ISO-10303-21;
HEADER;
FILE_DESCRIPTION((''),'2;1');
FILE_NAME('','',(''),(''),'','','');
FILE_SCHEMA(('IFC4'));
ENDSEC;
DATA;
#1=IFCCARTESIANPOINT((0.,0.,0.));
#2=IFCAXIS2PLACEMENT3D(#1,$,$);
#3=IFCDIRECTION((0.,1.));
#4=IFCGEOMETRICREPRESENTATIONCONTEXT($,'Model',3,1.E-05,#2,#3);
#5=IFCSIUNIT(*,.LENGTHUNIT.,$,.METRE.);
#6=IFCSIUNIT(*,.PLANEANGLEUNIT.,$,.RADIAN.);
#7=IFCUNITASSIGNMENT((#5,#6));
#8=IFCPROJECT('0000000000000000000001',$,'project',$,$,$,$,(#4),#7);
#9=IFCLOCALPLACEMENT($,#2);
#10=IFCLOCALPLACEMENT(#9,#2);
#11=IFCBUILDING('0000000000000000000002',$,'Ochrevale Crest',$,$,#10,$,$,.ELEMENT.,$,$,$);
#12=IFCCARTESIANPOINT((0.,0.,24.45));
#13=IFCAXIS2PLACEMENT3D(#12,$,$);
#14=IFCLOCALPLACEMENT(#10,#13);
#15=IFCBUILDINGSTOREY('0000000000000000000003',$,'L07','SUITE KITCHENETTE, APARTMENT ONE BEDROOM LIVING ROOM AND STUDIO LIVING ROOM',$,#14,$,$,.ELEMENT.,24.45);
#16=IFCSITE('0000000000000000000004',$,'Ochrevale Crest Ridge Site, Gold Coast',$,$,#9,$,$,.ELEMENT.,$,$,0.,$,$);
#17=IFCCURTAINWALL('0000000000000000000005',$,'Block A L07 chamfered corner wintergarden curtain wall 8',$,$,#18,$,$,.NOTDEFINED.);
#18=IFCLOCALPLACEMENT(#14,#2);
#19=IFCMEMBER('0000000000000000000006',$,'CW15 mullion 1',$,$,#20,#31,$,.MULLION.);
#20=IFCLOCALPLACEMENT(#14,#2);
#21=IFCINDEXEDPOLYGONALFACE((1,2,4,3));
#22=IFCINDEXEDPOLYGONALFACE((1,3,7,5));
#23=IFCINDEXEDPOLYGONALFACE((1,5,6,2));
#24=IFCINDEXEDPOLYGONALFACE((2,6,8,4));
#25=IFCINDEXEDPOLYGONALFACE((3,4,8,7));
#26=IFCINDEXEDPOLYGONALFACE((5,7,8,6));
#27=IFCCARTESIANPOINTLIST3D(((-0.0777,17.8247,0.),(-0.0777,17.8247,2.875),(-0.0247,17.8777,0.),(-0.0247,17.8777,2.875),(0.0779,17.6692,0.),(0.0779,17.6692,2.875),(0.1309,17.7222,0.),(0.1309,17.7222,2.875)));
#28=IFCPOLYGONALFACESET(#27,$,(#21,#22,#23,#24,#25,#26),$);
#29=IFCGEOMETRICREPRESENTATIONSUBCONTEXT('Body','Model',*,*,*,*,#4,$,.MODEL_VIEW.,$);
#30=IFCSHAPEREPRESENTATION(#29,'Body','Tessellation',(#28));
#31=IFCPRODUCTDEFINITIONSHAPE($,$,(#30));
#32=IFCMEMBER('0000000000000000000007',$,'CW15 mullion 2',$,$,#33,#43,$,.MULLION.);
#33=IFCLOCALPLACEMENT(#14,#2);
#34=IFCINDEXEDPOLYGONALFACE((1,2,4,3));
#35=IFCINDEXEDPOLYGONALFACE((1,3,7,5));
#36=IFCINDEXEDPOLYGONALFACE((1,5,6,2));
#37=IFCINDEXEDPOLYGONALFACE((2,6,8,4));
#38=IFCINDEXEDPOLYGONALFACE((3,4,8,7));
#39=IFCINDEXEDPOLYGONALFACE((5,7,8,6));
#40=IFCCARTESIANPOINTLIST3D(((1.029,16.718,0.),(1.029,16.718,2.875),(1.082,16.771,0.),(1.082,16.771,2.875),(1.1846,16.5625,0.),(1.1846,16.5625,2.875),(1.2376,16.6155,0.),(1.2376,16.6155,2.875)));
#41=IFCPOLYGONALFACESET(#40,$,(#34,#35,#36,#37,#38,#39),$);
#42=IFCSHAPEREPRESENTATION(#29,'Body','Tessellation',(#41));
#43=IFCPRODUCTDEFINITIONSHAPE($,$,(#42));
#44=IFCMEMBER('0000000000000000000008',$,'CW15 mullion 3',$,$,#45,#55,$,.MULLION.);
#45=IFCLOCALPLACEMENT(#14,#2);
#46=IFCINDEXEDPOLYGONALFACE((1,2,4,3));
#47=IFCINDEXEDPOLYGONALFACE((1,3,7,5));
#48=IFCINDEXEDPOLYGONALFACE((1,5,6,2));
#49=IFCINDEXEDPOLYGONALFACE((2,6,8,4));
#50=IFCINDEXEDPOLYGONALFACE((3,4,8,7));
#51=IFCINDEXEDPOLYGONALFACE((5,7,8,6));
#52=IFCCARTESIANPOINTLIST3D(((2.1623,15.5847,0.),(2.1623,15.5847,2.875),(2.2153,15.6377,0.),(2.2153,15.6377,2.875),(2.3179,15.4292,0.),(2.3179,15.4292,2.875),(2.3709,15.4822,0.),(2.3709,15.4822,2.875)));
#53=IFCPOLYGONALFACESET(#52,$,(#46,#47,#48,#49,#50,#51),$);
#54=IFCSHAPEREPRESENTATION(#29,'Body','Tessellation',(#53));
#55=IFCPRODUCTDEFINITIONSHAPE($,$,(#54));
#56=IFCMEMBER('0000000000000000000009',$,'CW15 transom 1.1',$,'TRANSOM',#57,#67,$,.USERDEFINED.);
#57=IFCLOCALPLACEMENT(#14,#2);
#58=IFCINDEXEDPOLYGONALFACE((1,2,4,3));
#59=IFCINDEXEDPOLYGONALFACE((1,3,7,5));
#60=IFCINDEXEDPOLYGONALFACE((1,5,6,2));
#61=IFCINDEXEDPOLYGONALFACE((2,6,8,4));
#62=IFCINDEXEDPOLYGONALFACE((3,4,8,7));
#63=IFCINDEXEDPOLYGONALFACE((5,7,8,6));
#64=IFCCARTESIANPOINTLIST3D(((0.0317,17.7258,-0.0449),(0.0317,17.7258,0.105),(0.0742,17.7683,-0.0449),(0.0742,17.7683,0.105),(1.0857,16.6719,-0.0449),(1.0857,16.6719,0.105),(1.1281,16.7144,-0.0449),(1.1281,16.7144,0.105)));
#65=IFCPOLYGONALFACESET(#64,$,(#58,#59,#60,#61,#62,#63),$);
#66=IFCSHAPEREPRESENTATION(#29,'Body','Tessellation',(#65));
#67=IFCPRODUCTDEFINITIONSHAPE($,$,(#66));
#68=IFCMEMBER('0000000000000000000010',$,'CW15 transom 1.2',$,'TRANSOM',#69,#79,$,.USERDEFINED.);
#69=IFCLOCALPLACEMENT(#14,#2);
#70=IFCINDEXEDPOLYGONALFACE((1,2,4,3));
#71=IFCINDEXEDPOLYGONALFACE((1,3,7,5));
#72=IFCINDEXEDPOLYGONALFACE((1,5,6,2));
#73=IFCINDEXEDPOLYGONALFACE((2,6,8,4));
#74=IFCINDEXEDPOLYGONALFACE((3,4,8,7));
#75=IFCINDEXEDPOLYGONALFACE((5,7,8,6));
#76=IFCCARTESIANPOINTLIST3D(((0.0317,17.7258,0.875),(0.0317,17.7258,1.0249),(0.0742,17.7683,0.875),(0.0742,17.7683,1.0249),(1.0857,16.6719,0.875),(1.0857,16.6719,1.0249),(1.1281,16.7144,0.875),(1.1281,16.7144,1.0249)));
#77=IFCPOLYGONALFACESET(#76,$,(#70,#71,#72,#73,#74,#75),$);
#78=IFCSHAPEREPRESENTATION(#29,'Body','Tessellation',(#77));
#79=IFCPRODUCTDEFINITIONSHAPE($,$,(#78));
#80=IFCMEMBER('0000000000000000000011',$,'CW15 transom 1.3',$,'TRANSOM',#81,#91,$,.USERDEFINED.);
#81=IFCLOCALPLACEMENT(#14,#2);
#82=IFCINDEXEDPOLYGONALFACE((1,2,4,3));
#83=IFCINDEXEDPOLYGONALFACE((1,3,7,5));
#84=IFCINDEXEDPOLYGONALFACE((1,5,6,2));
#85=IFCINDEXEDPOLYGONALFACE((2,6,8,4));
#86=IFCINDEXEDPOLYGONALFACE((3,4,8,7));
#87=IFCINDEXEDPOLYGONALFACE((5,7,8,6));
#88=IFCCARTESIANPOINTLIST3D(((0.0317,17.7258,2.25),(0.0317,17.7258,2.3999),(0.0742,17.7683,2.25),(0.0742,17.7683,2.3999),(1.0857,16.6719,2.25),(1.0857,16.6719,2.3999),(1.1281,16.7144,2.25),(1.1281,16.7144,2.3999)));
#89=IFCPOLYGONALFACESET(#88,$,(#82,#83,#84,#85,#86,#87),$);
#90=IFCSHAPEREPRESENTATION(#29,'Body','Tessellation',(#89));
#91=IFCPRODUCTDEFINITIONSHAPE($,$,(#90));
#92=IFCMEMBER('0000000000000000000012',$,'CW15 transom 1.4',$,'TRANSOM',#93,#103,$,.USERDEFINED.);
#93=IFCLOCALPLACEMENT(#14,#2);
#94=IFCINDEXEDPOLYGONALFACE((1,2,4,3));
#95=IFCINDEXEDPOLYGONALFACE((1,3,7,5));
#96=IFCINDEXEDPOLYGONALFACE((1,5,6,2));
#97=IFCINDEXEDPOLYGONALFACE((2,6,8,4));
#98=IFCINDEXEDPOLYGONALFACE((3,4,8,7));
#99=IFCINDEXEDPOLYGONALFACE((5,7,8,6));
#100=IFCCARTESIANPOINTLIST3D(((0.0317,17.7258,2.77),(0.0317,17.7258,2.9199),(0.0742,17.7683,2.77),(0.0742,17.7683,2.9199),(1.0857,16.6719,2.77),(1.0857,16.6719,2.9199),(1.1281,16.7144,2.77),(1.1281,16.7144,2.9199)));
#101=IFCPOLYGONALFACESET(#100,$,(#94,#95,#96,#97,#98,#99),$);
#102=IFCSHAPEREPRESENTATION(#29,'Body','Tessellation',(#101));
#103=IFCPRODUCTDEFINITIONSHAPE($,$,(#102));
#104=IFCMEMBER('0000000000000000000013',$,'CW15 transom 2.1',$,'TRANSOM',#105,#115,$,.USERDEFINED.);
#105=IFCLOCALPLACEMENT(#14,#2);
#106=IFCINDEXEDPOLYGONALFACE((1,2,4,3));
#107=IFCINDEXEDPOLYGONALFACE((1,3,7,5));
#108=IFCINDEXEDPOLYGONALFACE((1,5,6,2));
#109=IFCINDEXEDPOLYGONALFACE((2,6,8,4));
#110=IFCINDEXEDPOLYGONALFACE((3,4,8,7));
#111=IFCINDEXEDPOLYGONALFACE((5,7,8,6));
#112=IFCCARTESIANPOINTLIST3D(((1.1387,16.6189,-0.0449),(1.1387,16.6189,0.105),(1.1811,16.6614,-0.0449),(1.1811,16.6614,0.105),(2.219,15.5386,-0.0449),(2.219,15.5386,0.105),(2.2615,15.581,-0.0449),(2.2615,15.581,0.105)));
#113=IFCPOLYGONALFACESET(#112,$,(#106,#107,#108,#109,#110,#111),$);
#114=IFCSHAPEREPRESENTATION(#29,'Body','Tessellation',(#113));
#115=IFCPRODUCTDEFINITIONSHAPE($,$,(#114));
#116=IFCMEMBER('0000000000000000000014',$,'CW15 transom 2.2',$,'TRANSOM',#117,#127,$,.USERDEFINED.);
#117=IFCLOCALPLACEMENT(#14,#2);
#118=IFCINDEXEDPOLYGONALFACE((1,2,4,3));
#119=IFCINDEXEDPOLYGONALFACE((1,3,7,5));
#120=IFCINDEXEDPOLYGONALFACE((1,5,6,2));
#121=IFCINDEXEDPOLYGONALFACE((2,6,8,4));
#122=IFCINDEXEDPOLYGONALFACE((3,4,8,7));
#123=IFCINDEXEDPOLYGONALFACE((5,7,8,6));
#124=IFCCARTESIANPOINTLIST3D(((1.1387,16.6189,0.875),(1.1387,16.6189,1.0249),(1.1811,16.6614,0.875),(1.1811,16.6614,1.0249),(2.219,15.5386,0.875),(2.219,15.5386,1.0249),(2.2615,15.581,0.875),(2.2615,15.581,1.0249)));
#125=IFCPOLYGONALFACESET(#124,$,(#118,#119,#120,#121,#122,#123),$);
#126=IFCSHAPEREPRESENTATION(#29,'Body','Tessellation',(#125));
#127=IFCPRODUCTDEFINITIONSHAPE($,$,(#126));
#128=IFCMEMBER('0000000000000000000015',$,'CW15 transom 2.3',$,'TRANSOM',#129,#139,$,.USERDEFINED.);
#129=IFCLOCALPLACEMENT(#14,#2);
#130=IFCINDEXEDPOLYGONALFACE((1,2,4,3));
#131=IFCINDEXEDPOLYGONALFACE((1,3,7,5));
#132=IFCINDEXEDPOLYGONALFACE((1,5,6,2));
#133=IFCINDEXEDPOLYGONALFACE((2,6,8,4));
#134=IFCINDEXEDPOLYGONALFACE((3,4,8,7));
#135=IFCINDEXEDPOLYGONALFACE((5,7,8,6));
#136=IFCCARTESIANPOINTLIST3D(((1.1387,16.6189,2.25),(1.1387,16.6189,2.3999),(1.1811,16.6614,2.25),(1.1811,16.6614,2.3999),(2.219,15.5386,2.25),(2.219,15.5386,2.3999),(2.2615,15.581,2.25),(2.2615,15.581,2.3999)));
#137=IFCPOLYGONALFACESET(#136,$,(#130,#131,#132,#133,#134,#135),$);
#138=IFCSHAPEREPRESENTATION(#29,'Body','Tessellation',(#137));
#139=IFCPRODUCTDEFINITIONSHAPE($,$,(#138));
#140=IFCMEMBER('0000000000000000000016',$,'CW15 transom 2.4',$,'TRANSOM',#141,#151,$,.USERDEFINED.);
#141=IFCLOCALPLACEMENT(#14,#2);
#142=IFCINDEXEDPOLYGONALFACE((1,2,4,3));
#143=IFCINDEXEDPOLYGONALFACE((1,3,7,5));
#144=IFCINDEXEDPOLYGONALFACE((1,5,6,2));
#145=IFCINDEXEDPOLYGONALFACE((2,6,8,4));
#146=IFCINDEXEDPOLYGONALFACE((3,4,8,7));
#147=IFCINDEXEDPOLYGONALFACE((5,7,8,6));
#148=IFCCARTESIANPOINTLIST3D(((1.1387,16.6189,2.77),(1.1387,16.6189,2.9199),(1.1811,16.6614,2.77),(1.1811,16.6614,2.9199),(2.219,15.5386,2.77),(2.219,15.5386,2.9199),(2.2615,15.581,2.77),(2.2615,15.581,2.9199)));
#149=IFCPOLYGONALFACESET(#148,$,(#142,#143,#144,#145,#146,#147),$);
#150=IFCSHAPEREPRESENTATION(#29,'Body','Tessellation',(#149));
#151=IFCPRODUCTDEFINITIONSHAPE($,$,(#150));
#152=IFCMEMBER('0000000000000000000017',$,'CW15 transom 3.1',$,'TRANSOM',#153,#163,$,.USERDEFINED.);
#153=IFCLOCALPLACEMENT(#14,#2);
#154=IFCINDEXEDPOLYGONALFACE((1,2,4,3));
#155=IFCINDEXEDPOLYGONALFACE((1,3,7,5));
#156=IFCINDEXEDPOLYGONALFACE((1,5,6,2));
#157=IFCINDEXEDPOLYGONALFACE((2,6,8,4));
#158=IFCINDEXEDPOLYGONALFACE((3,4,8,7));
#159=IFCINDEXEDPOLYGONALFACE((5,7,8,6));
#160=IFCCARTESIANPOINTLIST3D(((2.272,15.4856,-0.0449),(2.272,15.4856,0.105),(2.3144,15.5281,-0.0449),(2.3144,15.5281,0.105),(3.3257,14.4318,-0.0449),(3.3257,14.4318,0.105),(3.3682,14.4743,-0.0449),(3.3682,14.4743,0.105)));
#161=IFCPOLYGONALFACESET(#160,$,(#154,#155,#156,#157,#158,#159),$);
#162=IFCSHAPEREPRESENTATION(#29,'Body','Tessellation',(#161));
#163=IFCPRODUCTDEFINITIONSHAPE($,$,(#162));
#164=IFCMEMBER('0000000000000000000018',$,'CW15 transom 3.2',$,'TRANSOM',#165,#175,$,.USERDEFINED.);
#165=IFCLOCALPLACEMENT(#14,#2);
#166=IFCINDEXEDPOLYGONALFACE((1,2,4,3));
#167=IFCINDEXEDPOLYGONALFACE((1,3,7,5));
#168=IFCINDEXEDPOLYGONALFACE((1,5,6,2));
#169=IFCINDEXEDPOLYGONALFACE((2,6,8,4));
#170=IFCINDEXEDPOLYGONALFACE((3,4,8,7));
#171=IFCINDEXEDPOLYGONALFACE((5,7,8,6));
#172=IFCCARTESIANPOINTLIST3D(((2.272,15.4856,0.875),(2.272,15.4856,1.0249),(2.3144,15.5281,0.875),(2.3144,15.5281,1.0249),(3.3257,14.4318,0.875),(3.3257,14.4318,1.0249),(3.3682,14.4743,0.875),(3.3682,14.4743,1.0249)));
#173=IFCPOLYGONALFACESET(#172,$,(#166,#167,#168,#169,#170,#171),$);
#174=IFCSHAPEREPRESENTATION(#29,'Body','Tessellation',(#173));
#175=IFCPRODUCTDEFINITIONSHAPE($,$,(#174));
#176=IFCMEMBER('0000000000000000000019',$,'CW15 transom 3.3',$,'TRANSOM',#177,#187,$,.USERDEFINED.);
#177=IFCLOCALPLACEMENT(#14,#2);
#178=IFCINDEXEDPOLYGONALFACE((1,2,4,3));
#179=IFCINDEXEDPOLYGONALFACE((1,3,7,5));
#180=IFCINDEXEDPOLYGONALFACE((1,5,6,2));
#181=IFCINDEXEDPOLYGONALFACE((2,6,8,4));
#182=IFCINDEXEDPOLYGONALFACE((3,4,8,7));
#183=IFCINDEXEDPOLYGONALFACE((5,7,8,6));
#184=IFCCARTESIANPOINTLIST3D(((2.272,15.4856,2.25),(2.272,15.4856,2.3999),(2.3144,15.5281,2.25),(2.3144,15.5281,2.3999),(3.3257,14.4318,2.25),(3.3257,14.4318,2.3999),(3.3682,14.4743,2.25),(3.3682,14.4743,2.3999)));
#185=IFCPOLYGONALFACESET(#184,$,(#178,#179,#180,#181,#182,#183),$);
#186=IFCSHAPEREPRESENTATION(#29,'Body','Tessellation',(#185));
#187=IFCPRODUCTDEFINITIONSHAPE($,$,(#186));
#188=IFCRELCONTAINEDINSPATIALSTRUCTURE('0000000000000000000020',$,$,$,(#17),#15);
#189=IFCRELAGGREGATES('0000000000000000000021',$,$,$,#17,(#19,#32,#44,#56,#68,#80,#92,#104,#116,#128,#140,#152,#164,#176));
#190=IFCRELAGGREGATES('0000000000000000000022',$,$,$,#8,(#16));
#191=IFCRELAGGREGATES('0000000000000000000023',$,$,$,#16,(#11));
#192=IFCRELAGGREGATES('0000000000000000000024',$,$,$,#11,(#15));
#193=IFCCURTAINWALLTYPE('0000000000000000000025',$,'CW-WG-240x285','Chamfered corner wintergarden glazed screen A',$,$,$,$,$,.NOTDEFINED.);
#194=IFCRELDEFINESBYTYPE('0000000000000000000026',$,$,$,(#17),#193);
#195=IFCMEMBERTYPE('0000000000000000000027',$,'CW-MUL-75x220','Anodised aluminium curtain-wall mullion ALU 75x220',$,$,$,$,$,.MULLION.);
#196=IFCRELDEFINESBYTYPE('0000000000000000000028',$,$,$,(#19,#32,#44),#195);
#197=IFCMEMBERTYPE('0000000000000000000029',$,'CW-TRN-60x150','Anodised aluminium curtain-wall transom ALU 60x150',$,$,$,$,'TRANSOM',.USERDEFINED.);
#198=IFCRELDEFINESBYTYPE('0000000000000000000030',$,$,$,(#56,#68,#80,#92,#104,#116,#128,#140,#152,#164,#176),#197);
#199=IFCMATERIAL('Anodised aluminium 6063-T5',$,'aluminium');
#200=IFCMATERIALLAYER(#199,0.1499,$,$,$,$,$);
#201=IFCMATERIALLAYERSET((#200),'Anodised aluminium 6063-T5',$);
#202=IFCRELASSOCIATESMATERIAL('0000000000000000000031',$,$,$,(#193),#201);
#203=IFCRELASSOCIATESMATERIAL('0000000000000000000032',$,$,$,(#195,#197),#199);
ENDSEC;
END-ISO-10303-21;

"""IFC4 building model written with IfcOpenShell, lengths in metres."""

from ifc_helpers import new_model, si_unit, direction, frame, origin, origin_2d, place, context, subcontext, project, spatial, rectangle, extrude, material, layer, layer_set, material_profile, profile_set, type_object, element, aggregate, save


model = new_model("IFC4")

# Units and contexts
model_context = context("Model", 3, precision=1e-05, world=origin(), true_north=direction((0.0, 1.0)))
body_context = subcontext(model_context, "Body", "Model", "MODEL_VIEW")
ifc_project = project(units=[si_unit("LENGTHUNIT", "METRE"), si_unit("PLANEANGLEUNIT", "RADIAN")], contexts=[model_context])

# Site, building, storey
site_placement = place(None, origin())
site = spatial("IfcSite", under=ifc_project, at=site_placement, Name="Ochrevale Crest Ridge Site, Gold Coast", CompositionType="ELEMENT", RefElevation=0.0)
building_placement = place(site_placement, origin())
building = spatial("IfcBuilding", under=site, at=building_placement, Name="Ochrevale Crest", CompositionType="ELEMENT")
storey_placement = place(building_placement, frame((0.0, 0.0, 24.45)))
storey = spatial("IfcBuildingStorey", under=building, at=storey_placement, Name="L07", Description="SUITE KITCHENETTE, APARTMENT ONE BEDROOM LIVING ROOM AND STUDIO LIVING ROOM", CompositionType="ELEMENT", Elevation=24.45)

# Curtain wall, members
ifc_material_1 = material(Name="Anodised aluminium 6063-T5", Category="aluminium")
ifc_layer_1 = layer(ifc_material_1, 0.1499)
ifc_layer_set_1 = layer_set([ifc_layer_1], Name="Anodised aluminium 6063-T5")
curtain_wall_type = type_object("IfcCurtainWallType", Name="CW-WG-240x285", Description="Chamfered corner wintergarden glazed screen A", PredefinedType="NOTDEFINED", material=ifc_layer_set_1)
curtain_wall_placement = place(storey_placement, origin())
curtain_wall = element("IfcCurtainWall", 1, at=curtain_wall_placement, inside=storey, type_object=curtain_wall_type, Name="Block A L07 chamfered corner wintergarden curtain wall 8", PredefinedType="NOTDEFINED")
ifc_material_profile_1 = material_profile(ifc_material_1, rectangle(XDim=0.075, YDim=0.22, at=origin_2d()), Name="ALU 75x220")
ifc_profile_set_1 = profile_set([ifc_material_profile_1], Name="Anodised aluminium 6063-T5")
member_type_1 = type_object("IfcMemberType", Name="CW-MUL-75x220", Description="Anodised aluminium curtain-wall mullion ALU 75x220", PredefinedType="MULLION", material=ifc_profile_set_1)
member_1_placement = place(storey_placement, frame((0.0266, 17.7734, 0.0), z_axis=(0.0, 0.0, 1.0), x_axis=(0.707107, 0.707107, 0.0)))
member_1 = element("IfcMember", 2, at=member_1_placement, type_object=member_type_1, Name="CW15 mullion 1", PredefinedType="MULLION", context=body_context, shape_type="SweptSolid", body=[
    extrude(rectangle(XDim=0.075, YDim=0.22, at=origin_2d()), origin(), (0.0, 0.0, 1.0), 2.875),
])
member_2_placement = place(storey_placement, frame((1.1333, 16.6667, 0.0), z_axis=(0.0, 0.0, 1.0), x_axis=(0.707107, 0.707107, 0.0)))
member_2 = element("IfcMember", 3, at=member_2_placement, type_object=member_type_1, Name="CW15 mullion 2", PredefinedType="MULLION", context=body_context, shape_type="SweptSolid", body=[
    extrude(rectangle(XDim=0.075, YDim=0.22, at=origin_2d()), origin(), (0.0, 0.0, 1.0), 2.875),
])
member_3_placement = place(storey_placement, frame((2.2666, 15.5334, 0.0), z_axis=(0.0, 0.0, 1.0), x_axis=(0.707107, 0.707107, 0.0)))
member_3 = element("IfcMember", 4, at=member_3_placement, type_object=member_type_1, Name="CW15 mullion 3", PredefinedType="MULLION", context=body_context, shape_type="SweptSolid", body=[
    extrude(rectangle(XDim=0.075, YDim=0.22, at=origin_2d()), origin(), (0.0, 0.0, 1.0), 2.875),
])
ifc_material_profile_2 = material_profile(ifc_material_1, rectangle(XDim=0.0601, YDim=0.1499, at=origin_2d()), Name="ALU 60x150")
ifc_profile_set_2 = profile_set([ifc_material_profile_2], Name="Anodised aluminium 6063-T5")
member_type_2 = type_object("IfcMemberType", Name="CW-TRN-60x150", Description="Anodised aluminium curtain-wall transom ALU 60x150", ElementType="TRANSOM", PredefinedType="USERDEFINED", material=ifc_profile_set_2)
member_4_placement = place(storey_placement, frame((0.053, 17.7471, 0.03), z_axis=(0.707107, -0.707107, 0.0), x_axis=(0.707107, 0.707107, 0.0)))
member_4 = element("IfcMember", 5, at=member_4_placement, type_object=member_type_2, Name="CW15 transom 1.1", ObjectType="TRANSOM", PredefinedType="USERDEFINED", context=body_context, shape_type="SweptSolid", body=[
    extrude(rectangle(XDim=0.0601, YDim=0.1499, at=origin_2d()), origin(), (0.0, 0.0, 1.0), 1.4905),
])
member_5_placement = place(storey_placement, frame((0.053, 17.7471, 0.95), z_axis=(0.707107, -0.707107, 0.0), x_axis=(0.707107, 0.707107, 0.0)))
member_5 = element("IfcMember", 6, at=member_5_placement, type_object=member_type_2, Name="CW15 transom 1.2", ObjectType="TRANSOM", PredefinedType="USERDEFINED", context=body_context, shape_type="SweptSolid", body=[
    extrude(rectangle(XDim=0.0601, YDim=0.1499, at=origin_2d()), origin(), (0.0, 0.0, 1.0), 1.4905),
])
member_6_placement = place(storey_placement, frame((0.053, 17.7471, 2.325), z_axis=(0.707107, -0.707107, 0.0), x_axis=(0.707107, 0.707107, 0.0)))
member_6 = element("IfcMember", 7, at=member_6_placement, type_object=member_type_2, Name="CW15 transom 1.3", ObjectType="TRANSOM", PredefinedType="USERDEFINED", context=body_context, shape_type="SweptSolid", body=[
    extrude(rectangle(XDim=0.0601, YDim=0.1499, at=origin_2d()), origin(), (0.0, 0.0, 1.0), 1.4905),
])
member_7_placement = place(storey_placement, frame((0.053, 17.7471, 2.845), z_axis=(0.707107, -0.707107, 0.0), x_axis=(0.707107, 0.707107, 0.0)))
member_7 = element("IfcMember", 8, at=member_7_placement, type_object=member_type_2, Name="CW15 transom 1.4", ObjectType="TRANSOM", PredefinedType="USERDEFINED", context=body_context, shape_type="SweptSolid", body=[
    extrude(rectangle(XDim=0.0601, YDim=0.1499, at=origin_2d()), origin(), (0.0, 0.0, 1.0), 1.4905),
])
member_8_placement = place(storey_placement, frame((1.1599, 16.6401, 0.03), z_axis=(0.707107, -0.707107, 0.0), x_axis=(0.707107, 0.707107, 0.0)))
member_8 = element("IfcMember", 9, at=member_8_placement, type_object=member_type_2, Name="CW15 transom 2.1", ObjectType="TRANSOM", PredefinedType="USERDEFINED", context=body_context, shape_type="SweptSolid", body=[
    extrude(rectangle(XDim=0.0601, YDim=0.1499, at=origin_2d()), origin(), (0.0, 0.0, 1.0), 1.5278),
])
member_9_placement = place(storey_placement, frame((1.1599, 16.6401, 0.95), z_axis=(0.707107, -0.707107, 0.0), x_axis=(0.707107, 0.707107, 0.0)))
member_9 = element("IfcMember", 10, at=member_9_placement, type_object=member_type_2, Name="CW15 transom 2.2", ObjectType="TRANSOM", PredefinedType="USERDEFINED", context=body_context, shape_type="SweptSolid", body=[
    extrude(rectangle(XDim=0.0601, YDim=0.1499, at=origin_2d()), origin(), (0.0, 0.0, 1.0), 1.5278),
])
member_10_placement = place(storey_placement, frame((1.1599, 16.6401, 2.325), z_axis=(0.707107, -0.707107, 0.0), x_axis=(0.707107, 0.707107, 0.0)))
member_10 = element("IfcMember", 11, at=member_10_placement, type_object=member_type_2, Name="CW15 transom 2.3", ObjectType="TRANSOM", PredefinedType="USERDEFINED", context=body_context, shape_type="SweptSolid", body=[
    extrude(rectangle(XDim=0.0601, YDim=0.1499, at=origin_2d()), origin(), (0.0, 0.0, 1.0), 1.5278),
])
member_11_placement = place(storey_placement, frame((1.1599, 16.6401, 2.845), z_axis=(0.707107, -0.707107, 0.0), x_axis=(0.707107, 0.707107, 0.0)))
member_11 = element("IfcMember", 12, at=member_11_placement, type_object=member_type_2, Name="CW15 transom 2.4", ObjectType="TRANSOM", PredefinedType="USERDEFINED", context=body_context, shape_type="SweptSolid", body=[
    extrude(rectangle(XDim=0.0601, YDim=0.1499, at=origin_2d()), origin(), (0.0, 0.0, 1.0), 1.5278),
])
member_12_placement = place(storey_placement, frame((2.2932, 15.5068, 0.03), z_axis=(0.707107, -0.707107, 0.0), x_axis=(0.707107, 0.707107, 0.0)))
member_12 = element("IfcMember", 13, at=member_12_placement, type_object=member_type_2, Name="CW15 transom 3.1", ObjectType="TRANSOM", PredefinedType="USERDEFINED", context=body_context, shape_type="SweptSolid", body=[
    extrude(rectangle(XDim=0.0601, YDim=0.1499, at=origin_2d()), origin(), (0.0, 0.0, 1.0), 1.4902),
])
member_13_placement = place(storey_placement, frame((2.2932, 15.5068, 0.95), z_axis=(0.707107, -0.707107, 0.0), x_axis=(0.707107, 0.707107, 0.0)))
member_13 = element("IfcMember", 14, at=member_13_placement, type_object=member_type_2, Name="CW15 transom 3.2", ObjectType="TRANSOM", PredefinedType="USERDEFINED", context=body_context, shape_type="SweptSolid", body=[
    extrude(rectangle(XDim=0.0601, YDim=0.1499, at=origin_2d()), origin(), (0.0, 0.0, 1.0), 1.4902),
])
member_14_placement = place(storey_placement, frame((2.2932, 15.5068, 2.325), z_axis=(0.707107, -0.707107, 0.0), x_axis=(0.707107, 0.707107, 0.0)))
member_14 = element("IfcMember", 15, at=member_14_placement, type_object=member_type_2, Name="CW15 transom 3.3", ObjectType="TRANSOM", PredefinedType="USERDEFINED", context=body_context, shape_type="SweptSolid", body=[
    extrude(rectangle(XDim=0.0601, YDim=0.1499, at=origin_2d()), origin(), (0.0, 0.0, 1.0), 1.4902),
])
aggregate(curtain_wall, [member_1, member_2, member_3, member_4, member_5, member_6, member_7, member_8, member_9, member_10, member_11, member_12, member_13, member_14])

save(model, "model.ifc")
